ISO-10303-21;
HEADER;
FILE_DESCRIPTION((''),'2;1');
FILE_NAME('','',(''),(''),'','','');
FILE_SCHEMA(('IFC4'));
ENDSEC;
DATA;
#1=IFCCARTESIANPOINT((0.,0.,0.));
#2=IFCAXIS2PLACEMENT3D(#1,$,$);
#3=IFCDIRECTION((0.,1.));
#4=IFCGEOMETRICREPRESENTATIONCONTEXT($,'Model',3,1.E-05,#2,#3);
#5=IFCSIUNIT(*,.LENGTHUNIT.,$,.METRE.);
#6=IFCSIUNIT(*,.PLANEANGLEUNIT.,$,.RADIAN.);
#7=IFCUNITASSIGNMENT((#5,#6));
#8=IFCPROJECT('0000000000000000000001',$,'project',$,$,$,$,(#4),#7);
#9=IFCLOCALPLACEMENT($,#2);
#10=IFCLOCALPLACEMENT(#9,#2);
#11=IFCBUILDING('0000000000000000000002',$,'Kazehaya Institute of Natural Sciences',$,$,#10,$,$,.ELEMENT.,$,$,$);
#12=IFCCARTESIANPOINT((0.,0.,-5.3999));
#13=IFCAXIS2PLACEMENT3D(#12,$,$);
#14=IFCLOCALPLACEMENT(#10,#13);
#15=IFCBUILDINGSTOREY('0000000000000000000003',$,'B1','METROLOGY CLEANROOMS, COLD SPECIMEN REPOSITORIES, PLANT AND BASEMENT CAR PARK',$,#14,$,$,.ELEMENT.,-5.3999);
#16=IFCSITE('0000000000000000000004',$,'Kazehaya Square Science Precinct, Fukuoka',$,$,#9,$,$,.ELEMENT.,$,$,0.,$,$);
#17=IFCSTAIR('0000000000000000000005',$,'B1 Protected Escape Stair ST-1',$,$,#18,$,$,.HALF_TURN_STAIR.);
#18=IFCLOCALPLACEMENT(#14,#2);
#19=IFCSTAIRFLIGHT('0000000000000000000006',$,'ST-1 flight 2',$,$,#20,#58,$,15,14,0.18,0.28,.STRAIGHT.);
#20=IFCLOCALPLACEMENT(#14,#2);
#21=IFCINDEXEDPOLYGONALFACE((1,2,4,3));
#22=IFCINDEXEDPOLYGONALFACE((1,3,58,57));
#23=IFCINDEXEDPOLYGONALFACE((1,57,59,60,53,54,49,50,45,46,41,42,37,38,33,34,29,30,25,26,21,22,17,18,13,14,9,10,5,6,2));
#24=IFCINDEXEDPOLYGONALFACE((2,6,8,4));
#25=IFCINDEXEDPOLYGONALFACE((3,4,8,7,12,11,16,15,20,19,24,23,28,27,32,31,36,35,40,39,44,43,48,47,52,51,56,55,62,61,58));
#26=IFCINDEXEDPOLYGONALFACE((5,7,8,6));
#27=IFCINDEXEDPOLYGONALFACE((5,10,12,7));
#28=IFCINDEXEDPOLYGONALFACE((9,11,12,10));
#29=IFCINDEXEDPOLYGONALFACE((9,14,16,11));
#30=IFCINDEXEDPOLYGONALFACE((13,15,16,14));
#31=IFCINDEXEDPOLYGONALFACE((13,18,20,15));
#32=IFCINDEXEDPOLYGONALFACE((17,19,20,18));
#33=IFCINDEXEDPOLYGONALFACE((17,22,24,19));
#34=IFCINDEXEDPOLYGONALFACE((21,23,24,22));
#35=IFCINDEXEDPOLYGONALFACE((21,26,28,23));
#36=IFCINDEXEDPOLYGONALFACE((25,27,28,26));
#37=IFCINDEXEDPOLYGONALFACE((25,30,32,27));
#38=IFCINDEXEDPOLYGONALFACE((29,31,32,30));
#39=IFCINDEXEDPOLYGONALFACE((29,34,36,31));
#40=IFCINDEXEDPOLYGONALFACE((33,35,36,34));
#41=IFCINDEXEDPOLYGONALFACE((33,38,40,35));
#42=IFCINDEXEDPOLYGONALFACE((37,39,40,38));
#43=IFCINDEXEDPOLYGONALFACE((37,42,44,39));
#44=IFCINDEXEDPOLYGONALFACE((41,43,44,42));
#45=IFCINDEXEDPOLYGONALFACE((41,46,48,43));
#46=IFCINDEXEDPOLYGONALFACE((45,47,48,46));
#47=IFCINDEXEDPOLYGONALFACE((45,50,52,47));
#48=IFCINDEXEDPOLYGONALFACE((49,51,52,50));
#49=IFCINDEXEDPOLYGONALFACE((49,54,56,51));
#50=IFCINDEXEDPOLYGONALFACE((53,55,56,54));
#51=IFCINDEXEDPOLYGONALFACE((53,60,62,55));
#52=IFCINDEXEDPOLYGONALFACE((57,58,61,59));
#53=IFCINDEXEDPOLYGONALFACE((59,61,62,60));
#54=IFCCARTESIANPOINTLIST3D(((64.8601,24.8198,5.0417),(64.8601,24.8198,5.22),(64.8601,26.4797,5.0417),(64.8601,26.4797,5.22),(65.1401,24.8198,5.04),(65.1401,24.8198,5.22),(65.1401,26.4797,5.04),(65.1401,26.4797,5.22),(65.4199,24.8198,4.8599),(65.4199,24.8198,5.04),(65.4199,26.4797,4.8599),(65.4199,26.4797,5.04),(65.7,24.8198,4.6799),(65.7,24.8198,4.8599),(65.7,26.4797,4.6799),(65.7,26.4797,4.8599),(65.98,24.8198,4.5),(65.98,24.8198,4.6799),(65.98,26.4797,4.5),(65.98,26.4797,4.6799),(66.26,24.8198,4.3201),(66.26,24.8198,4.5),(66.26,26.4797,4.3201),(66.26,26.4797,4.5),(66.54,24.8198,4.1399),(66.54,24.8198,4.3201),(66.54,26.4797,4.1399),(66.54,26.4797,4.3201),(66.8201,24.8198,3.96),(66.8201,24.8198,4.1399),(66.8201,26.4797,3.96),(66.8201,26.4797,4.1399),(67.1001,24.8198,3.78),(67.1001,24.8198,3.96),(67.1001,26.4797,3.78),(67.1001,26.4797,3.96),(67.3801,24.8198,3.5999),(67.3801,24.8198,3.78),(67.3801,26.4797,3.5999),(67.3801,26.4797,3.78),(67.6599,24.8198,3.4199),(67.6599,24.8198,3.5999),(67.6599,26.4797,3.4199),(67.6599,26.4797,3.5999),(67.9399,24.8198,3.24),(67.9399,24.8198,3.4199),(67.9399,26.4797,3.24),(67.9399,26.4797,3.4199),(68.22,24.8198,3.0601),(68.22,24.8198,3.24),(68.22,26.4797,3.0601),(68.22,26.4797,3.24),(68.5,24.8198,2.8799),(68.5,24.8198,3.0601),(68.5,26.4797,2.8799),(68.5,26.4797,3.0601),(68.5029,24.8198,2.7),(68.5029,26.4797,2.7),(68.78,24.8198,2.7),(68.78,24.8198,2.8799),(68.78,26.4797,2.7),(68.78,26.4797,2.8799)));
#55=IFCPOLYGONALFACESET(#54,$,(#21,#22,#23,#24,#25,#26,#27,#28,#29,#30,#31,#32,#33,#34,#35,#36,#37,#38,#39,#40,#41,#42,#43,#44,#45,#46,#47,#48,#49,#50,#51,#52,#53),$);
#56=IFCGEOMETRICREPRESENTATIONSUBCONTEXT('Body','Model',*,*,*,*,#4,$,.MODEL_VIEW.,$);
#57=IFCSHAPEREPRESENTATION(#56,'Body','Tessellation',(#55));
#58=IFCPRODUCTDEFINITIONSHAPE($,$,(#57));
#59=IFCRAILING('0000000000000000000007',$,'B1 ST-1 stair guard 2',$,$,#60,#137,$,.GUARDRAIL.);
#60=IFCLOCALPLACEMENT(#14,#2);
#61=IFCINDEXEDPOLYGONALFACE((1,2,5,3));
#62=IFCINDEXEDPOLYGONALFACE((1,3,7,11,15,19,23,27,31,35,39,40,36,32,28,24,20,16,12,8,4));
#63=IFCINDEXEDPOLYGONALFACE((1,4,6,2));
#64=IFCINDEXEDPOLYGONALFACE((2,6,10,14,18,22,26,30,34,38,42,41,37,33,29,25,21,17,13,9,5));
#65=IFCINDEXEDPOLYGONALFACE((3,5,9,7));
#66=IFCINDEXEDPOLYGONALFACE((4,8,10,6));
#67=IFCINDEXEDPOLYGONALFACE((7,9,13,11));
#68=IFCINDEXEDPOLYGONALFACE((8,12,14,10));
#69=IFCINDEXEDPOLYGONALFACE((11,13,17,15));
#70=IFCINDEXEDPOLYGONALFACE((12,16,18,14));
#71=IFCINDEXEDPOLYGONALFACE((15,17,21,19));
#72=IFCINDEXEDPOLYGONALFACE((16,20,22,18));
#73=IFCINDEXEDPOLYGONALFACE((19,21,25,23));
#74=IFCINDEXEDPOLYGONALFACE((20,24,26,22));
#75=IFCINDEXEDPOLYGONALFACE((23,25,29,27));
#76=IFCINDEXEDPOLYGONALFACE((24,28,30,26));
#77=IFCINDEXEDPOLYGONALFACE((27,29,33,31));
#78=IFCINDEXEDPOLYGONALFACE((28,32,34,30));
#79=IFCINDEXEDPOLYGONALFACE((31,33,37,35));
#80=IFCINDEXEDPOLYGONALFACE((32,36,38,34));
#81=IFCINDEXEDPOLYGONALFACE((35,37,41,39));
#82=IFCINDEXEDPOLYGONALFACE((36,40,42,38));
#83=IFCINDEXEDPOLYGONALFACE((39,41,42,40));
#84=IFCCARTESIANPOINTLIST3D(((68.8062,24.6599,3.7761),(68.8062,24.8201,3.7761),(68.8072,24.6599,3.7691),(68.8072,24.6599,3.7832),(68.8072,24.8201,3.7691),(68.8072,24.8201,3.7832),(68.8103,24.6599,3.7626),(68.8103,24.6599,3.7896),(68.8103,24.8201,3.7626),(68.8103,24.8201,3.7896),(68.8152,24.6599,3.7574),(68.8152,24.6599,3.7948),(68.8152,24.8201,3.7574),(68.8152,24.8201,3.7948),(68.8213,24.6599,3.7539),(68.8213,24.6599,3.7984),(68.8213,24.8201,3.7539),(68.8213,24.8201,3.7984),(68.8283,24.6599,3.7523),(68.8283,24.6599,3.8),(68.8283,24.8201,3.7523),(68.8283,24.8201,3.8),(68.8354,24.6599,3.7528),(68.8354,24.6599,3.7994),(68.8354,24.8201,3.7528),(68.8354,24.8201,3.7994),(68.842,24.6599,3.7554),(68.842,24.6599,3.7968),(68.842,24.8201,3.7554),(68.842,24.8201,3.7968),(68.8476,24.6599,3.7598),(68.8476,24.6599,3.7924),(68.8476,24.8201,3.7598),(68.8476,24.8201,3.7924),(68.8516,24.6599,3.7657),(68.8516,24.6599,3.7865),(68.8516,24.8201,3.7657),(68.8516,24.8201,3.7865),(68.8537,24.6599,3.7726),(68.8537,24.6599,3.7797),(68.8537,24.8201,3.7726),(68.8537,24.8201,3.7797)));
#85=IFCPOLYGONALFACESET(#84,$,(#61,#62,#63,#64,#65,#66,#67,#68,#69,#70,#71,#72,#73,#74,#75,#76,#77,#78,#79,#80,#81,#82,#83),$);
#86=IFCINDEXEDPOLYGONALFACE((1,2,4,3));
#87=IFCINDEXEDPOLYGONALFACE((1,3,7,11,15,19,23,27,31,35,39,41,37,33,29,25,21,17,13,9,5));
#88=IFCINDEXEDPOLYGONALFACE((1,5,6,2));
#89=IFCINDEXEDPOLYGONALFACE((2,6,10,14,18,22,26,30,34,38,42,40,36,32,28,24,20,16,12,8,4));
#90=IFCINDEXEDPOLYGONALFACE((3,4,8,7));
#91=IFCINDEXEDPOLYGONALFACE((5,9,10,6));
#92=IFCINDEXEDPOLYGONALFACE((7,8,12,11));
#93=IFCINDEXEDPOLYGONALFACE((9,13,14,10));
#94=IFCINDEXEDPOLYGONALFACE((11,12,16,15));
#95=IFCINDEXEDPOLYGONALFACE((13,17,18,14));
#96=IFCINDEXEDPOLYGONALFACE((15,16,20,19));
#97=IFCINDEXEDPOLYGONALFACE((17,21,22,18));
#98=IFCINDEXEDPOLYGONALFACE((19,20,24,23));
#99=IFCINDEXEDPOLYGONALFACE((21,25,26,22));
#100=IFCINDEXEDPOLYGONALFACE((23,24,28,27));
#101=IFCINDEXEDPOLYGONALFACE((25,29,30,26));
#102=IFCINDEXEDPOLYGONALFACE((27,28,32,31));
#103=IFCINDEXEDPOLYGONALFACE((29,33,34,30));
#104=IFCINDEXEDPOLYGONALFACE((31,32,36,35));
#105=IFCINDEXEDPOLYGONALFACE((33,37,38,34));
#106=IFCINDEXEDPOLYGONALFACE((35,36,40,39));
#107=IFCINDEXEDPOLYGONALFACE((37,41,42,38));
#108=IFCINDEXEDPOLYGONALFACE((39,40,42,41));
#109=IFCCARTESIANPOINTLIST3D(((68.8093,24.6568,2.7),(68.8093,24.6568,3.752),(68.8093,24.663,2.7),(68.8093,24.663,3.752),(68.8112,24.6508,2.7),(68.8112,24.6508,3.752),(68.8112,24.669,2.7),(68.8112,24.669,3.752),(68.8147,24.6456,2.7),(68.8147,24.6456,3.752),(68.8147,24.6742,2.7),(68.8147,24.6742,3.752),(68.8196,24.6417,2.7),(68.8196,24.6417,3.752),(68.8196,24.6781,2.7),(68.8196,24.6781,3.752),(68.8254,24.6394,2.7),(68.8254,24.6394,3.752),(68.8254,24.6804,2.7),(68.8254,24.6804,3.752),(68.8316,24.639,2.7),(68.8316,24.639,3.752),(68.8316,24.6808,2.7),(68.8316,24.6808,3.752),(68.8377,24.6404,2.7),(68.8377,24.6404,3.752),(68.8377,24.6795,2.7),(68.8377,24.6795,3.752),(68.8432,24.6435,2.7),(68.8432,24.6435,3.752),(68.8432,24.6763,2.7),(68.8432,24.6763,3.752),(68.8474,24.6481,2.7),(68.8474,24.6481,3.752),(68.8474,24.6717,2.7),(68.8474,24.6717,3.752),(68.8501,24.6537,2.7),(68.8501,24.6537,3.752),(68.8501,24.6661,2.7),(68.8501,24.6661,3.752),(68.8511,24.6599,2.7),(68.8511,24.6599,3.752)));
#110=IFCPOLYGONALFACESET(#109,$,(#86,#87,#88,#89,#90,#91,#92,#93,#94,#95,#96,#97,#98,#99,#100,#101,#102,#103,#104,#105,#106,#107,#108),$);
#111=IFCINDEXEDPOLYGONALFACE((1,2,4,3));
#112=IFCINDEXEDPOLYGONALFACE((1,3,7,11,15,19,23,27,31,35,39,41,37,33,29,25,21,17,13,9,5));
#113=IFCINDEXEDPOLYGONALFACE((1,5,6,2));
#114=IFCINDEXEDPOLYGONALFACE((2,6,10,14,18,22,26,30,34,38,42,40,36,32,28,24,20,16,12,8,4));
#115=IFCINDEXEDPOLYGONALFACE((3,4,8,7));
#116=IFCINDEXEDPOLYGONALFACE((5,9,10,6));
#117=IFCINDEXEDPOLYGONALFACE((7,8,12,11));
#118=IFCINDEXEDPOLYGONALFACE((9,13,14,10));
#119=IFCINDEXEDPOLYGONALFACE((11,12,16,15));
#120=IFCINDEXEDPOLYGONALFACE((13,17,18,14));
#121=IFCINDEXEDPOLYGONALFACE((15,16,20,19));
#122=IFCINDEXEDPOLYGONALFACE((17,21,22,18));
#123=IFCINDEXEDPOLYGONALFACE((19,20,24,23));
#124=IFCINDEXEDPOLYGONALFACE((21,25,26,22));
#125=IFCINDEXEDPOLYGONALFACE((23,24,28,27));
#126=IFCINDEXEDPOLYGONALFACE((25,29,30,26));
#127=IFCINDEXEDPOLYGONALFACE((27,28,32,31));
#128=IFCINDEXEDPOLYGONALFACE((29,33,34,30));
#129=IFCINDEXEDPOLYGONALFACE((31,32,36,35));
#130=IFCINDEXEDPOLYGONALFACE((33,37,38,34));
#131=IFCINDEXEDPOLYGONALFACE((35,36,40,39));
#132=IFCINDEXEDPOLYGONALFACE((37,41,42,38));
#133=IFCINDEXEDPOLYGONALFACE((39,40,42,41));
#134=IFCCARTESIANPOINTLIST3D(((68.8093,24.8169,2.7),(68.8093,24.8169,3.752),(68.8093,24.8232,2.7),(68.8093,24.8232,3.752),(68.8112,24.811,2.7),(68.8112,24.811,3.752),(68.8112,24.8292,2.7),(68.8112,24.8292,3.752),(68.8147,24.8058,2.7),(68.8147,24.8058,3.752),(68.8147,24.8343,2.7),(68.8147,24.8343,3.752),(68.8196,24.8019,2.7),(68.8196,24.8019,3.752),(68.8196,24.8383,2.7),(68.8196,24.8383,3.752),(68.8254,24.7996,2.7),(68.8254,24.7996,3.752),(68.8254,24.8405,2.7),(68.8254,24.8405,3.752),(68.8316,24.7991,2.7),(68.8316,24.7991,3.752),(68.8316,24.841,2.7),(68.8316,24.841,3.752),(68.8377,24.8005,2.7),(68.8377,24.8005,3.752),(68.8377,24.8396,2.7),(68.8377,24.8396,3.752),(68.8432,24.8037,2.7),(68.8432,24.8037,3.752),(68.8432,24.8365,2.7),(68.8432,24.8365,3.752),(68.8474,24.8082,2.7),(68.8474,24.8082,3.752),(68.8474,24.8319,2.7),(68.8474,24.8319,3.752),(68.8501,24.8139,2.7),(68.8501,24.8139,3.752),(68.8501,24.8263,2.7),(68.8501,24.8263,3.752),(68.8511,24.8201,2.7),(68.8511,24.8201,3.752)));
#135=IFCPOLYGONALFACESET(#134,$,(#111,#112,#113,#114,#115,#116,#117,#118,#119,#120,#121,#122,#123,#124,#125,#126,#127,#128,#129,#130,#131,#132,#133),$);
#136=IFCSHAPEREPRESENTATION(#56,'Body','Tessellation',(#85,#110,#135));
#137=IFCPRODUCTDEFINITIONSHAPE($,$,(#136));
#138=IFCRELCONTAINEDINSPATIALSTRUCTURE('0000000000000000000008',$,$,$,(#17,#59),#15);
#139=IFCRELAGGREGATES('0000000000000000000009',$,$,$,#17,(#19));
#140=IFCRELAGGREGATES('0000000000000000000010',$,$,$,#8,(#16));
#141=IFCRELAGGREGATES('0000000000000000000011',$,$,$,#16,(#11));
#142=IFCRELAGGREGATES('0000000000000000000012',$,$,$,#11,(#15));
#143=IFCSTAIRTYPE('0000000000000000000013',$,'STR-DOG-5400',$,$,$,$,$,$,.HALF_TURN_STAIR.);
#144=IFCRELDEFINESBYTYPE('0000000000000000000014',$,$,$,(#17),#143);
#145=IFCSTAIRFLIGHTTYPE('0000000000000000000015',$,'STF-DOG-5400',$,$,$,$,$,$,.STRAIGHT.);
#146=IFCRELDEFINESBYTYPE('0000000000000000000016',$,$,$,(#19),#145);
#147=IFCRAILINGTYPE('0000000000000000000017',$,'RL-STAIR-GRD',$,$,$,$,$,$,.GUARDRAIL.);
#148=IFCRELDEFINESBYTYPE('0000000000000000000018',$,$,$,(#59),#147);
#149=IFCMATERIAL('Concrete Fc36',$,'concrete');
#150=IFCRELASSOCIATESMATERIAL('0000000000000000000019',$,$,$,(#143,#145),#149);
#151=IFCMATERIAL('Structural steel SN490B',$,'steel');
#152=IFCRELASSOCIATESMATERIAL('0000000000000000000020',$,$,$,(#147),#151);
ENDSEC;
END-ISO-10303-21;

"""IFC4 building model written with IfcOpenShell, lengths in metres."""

from ifc_helpers import new_model, si_unit, direction, frame, origin, origin_2d, place, context, subcontext, project, spatial, polyline, circle, outline, extrude, material, type_object, element, aggregate, save


model = new_model("IFC4")

# Units and contexts
model_context = context("Model", 3, precision=1e-05, world=origin(), true_north=direction((0.0, 1.0)))
body_context = subcontext(model_context, "Body", "Model", "MODEL_VIEW")
ifc_project = project(units=[si_unit("LENGTHUNIT", "METRE"), si_unit("PLANEANGLEUNIT", "RADIAN")], contexts=[model_context])

# Site, building, storey
site_placement = place(None, origin())
site = spatial("IfcSite", under=ifc_project, at=site_placement, Name="Kazehaya Square Science Precinct, Fukuoka", CompositionType="ELEMENT", RefElevation=0.0)
building_placement = place(site_placement, origin())
building = spatial("IfcBuilding", under=site, at=building_placement, Name="Kazehaya Institute of Natural Sciences", CompositionType="ELEMENT")
storey_placement = place(building_placement, frame((0.0, 0.0, -5.3999)))
storey = spatial("IfcBuildingStorey", under=building, at=storey_placement, Name="B1", Description="METROLOGY CLEANROOMS, COLD SPECIMEN REPOSITORIES, PLANT AND BASEMENT CAR PARK", CompositionType="ELEMENT", Elevation=-5.3999)

# Shared definitions
ifc_material_1 = material(Name="Concrete Fc36", Category="concrete")

# Stair, stair flight
stair_type = type_object("IfcStairType", Name="STR-DOG-5400", PredefinedType="HALF_TURN_STAIR", material=ifc_material_1)
stair_placement = place(storey_placement, origin())
stair = element("IfcStair", 1, at=stair_placement, inside=storey, type_object=stair_type, Name="B1 Protected Escape Stair ST-1", PredefinedType="HALF_TURN_STAIR")
stair_flight_type = type_object("IfcStairFlightType", Name="STF-DOG-5400", PredefinedType="STRAIGHT", material=ifc_material_1)
stair_flight_placement = place(storey_placement, frame((68.78, 25.6499, 2.7), z_axis=(0.0, 0.0, 1.0), x_axis=(-1.0, 0.0, 0.0)))
stair_flight = element("IfcStairFlight", 2, at=stair_flight_placement, type_object=stair_flight_type, Name="ST-1 flight 2", NumberOfRisers=15, NumberOfTreads=14, PredefinedType="STRAIGHT", RiserHeight=0.18, TreadLength=0.28, context=body_context, shape_type="SweptSolid", body=[
    extrude(outline(polyline([(0.0, 0.0), (0.0, 0.1799), (0.28, 0.1799), (0.28, 0.3601), (0.5601, 0.3601), (0.5601, 0.54), (0.8401, 0.54), (0.8401, 0.72), (1.1201, 0.72), (1.1201, 0.8999), (1.3999, 0.8999), (1.3999, 1.0801), (1.6799, 1.0801), (1.6799, 1.26), (1.96, 1.26), (1.96, 1.4399), (2.24, 1.4399), (2.24, 1.6201), (2.52, 1.6201), (2.52, 1.8), (2.8, 1.8), (2.8, 1.98), (3.0801, 1.98), (3.0801, 2.1599), (3.3601, 2.1599), (3.3601, 2.3401), (3.6399, 2.3401), (3.6399, 2.52), (3.9199, 2.52), (3.9199, 2.7), (3.9199, 2.3418), (0.2771, 0.0), (0.0, 0.0)])), frame((0.0, 0.8301, 0.0), z_axis=(0.0, -1.0, 0.0), x_axis=(1.0, 0.0, 0.0)), (0.0, 0.0, 1.0), 1.6599),
])
aggregate(stair, [stair_flight])

# Railing
ifc_material_2 = material(Name="Structural steel SN490B", Category="steel")
railing_type_1 = type_object("IfcRailingType", Name="RL-STAIR-GRD", PredefinedType="GUARDRAIL", material=ifc_material_2)
railing_1_placement = place(storey_placement, frame((68.8301, 24.6599, 2.7)))
element("IfcRailing", 3, at=railing_1_placement, inside=storey, type_object=railing_type_1, Name="B1 ST-1 stair guard 2", PredefinedType="GUARDRAIL", context=body_context, shape_type="SweptSolid", body=[
    extrude(circle(Radius=0.0239, at=origin_2d()), frame((0.0, 0.0, 1.0762), z_axis=(0.0, 1.0, 0.0), x_axis=(-1.0, 0.0, 0.0)), (0.0, 0.0, 1.0), 0.1602),
    extrude(circle(Radius=0.021, at=origin_2d()), origin(), (0.0, 0.0, 1.0), 1.052),
    extrude(circle(Radius=0.021, at=origin_2d()), frame((0.0, 0.1602, 0.0)), (0.0, 0.0, 1.0), 1.052),
])

save(model, "model.ifc")
